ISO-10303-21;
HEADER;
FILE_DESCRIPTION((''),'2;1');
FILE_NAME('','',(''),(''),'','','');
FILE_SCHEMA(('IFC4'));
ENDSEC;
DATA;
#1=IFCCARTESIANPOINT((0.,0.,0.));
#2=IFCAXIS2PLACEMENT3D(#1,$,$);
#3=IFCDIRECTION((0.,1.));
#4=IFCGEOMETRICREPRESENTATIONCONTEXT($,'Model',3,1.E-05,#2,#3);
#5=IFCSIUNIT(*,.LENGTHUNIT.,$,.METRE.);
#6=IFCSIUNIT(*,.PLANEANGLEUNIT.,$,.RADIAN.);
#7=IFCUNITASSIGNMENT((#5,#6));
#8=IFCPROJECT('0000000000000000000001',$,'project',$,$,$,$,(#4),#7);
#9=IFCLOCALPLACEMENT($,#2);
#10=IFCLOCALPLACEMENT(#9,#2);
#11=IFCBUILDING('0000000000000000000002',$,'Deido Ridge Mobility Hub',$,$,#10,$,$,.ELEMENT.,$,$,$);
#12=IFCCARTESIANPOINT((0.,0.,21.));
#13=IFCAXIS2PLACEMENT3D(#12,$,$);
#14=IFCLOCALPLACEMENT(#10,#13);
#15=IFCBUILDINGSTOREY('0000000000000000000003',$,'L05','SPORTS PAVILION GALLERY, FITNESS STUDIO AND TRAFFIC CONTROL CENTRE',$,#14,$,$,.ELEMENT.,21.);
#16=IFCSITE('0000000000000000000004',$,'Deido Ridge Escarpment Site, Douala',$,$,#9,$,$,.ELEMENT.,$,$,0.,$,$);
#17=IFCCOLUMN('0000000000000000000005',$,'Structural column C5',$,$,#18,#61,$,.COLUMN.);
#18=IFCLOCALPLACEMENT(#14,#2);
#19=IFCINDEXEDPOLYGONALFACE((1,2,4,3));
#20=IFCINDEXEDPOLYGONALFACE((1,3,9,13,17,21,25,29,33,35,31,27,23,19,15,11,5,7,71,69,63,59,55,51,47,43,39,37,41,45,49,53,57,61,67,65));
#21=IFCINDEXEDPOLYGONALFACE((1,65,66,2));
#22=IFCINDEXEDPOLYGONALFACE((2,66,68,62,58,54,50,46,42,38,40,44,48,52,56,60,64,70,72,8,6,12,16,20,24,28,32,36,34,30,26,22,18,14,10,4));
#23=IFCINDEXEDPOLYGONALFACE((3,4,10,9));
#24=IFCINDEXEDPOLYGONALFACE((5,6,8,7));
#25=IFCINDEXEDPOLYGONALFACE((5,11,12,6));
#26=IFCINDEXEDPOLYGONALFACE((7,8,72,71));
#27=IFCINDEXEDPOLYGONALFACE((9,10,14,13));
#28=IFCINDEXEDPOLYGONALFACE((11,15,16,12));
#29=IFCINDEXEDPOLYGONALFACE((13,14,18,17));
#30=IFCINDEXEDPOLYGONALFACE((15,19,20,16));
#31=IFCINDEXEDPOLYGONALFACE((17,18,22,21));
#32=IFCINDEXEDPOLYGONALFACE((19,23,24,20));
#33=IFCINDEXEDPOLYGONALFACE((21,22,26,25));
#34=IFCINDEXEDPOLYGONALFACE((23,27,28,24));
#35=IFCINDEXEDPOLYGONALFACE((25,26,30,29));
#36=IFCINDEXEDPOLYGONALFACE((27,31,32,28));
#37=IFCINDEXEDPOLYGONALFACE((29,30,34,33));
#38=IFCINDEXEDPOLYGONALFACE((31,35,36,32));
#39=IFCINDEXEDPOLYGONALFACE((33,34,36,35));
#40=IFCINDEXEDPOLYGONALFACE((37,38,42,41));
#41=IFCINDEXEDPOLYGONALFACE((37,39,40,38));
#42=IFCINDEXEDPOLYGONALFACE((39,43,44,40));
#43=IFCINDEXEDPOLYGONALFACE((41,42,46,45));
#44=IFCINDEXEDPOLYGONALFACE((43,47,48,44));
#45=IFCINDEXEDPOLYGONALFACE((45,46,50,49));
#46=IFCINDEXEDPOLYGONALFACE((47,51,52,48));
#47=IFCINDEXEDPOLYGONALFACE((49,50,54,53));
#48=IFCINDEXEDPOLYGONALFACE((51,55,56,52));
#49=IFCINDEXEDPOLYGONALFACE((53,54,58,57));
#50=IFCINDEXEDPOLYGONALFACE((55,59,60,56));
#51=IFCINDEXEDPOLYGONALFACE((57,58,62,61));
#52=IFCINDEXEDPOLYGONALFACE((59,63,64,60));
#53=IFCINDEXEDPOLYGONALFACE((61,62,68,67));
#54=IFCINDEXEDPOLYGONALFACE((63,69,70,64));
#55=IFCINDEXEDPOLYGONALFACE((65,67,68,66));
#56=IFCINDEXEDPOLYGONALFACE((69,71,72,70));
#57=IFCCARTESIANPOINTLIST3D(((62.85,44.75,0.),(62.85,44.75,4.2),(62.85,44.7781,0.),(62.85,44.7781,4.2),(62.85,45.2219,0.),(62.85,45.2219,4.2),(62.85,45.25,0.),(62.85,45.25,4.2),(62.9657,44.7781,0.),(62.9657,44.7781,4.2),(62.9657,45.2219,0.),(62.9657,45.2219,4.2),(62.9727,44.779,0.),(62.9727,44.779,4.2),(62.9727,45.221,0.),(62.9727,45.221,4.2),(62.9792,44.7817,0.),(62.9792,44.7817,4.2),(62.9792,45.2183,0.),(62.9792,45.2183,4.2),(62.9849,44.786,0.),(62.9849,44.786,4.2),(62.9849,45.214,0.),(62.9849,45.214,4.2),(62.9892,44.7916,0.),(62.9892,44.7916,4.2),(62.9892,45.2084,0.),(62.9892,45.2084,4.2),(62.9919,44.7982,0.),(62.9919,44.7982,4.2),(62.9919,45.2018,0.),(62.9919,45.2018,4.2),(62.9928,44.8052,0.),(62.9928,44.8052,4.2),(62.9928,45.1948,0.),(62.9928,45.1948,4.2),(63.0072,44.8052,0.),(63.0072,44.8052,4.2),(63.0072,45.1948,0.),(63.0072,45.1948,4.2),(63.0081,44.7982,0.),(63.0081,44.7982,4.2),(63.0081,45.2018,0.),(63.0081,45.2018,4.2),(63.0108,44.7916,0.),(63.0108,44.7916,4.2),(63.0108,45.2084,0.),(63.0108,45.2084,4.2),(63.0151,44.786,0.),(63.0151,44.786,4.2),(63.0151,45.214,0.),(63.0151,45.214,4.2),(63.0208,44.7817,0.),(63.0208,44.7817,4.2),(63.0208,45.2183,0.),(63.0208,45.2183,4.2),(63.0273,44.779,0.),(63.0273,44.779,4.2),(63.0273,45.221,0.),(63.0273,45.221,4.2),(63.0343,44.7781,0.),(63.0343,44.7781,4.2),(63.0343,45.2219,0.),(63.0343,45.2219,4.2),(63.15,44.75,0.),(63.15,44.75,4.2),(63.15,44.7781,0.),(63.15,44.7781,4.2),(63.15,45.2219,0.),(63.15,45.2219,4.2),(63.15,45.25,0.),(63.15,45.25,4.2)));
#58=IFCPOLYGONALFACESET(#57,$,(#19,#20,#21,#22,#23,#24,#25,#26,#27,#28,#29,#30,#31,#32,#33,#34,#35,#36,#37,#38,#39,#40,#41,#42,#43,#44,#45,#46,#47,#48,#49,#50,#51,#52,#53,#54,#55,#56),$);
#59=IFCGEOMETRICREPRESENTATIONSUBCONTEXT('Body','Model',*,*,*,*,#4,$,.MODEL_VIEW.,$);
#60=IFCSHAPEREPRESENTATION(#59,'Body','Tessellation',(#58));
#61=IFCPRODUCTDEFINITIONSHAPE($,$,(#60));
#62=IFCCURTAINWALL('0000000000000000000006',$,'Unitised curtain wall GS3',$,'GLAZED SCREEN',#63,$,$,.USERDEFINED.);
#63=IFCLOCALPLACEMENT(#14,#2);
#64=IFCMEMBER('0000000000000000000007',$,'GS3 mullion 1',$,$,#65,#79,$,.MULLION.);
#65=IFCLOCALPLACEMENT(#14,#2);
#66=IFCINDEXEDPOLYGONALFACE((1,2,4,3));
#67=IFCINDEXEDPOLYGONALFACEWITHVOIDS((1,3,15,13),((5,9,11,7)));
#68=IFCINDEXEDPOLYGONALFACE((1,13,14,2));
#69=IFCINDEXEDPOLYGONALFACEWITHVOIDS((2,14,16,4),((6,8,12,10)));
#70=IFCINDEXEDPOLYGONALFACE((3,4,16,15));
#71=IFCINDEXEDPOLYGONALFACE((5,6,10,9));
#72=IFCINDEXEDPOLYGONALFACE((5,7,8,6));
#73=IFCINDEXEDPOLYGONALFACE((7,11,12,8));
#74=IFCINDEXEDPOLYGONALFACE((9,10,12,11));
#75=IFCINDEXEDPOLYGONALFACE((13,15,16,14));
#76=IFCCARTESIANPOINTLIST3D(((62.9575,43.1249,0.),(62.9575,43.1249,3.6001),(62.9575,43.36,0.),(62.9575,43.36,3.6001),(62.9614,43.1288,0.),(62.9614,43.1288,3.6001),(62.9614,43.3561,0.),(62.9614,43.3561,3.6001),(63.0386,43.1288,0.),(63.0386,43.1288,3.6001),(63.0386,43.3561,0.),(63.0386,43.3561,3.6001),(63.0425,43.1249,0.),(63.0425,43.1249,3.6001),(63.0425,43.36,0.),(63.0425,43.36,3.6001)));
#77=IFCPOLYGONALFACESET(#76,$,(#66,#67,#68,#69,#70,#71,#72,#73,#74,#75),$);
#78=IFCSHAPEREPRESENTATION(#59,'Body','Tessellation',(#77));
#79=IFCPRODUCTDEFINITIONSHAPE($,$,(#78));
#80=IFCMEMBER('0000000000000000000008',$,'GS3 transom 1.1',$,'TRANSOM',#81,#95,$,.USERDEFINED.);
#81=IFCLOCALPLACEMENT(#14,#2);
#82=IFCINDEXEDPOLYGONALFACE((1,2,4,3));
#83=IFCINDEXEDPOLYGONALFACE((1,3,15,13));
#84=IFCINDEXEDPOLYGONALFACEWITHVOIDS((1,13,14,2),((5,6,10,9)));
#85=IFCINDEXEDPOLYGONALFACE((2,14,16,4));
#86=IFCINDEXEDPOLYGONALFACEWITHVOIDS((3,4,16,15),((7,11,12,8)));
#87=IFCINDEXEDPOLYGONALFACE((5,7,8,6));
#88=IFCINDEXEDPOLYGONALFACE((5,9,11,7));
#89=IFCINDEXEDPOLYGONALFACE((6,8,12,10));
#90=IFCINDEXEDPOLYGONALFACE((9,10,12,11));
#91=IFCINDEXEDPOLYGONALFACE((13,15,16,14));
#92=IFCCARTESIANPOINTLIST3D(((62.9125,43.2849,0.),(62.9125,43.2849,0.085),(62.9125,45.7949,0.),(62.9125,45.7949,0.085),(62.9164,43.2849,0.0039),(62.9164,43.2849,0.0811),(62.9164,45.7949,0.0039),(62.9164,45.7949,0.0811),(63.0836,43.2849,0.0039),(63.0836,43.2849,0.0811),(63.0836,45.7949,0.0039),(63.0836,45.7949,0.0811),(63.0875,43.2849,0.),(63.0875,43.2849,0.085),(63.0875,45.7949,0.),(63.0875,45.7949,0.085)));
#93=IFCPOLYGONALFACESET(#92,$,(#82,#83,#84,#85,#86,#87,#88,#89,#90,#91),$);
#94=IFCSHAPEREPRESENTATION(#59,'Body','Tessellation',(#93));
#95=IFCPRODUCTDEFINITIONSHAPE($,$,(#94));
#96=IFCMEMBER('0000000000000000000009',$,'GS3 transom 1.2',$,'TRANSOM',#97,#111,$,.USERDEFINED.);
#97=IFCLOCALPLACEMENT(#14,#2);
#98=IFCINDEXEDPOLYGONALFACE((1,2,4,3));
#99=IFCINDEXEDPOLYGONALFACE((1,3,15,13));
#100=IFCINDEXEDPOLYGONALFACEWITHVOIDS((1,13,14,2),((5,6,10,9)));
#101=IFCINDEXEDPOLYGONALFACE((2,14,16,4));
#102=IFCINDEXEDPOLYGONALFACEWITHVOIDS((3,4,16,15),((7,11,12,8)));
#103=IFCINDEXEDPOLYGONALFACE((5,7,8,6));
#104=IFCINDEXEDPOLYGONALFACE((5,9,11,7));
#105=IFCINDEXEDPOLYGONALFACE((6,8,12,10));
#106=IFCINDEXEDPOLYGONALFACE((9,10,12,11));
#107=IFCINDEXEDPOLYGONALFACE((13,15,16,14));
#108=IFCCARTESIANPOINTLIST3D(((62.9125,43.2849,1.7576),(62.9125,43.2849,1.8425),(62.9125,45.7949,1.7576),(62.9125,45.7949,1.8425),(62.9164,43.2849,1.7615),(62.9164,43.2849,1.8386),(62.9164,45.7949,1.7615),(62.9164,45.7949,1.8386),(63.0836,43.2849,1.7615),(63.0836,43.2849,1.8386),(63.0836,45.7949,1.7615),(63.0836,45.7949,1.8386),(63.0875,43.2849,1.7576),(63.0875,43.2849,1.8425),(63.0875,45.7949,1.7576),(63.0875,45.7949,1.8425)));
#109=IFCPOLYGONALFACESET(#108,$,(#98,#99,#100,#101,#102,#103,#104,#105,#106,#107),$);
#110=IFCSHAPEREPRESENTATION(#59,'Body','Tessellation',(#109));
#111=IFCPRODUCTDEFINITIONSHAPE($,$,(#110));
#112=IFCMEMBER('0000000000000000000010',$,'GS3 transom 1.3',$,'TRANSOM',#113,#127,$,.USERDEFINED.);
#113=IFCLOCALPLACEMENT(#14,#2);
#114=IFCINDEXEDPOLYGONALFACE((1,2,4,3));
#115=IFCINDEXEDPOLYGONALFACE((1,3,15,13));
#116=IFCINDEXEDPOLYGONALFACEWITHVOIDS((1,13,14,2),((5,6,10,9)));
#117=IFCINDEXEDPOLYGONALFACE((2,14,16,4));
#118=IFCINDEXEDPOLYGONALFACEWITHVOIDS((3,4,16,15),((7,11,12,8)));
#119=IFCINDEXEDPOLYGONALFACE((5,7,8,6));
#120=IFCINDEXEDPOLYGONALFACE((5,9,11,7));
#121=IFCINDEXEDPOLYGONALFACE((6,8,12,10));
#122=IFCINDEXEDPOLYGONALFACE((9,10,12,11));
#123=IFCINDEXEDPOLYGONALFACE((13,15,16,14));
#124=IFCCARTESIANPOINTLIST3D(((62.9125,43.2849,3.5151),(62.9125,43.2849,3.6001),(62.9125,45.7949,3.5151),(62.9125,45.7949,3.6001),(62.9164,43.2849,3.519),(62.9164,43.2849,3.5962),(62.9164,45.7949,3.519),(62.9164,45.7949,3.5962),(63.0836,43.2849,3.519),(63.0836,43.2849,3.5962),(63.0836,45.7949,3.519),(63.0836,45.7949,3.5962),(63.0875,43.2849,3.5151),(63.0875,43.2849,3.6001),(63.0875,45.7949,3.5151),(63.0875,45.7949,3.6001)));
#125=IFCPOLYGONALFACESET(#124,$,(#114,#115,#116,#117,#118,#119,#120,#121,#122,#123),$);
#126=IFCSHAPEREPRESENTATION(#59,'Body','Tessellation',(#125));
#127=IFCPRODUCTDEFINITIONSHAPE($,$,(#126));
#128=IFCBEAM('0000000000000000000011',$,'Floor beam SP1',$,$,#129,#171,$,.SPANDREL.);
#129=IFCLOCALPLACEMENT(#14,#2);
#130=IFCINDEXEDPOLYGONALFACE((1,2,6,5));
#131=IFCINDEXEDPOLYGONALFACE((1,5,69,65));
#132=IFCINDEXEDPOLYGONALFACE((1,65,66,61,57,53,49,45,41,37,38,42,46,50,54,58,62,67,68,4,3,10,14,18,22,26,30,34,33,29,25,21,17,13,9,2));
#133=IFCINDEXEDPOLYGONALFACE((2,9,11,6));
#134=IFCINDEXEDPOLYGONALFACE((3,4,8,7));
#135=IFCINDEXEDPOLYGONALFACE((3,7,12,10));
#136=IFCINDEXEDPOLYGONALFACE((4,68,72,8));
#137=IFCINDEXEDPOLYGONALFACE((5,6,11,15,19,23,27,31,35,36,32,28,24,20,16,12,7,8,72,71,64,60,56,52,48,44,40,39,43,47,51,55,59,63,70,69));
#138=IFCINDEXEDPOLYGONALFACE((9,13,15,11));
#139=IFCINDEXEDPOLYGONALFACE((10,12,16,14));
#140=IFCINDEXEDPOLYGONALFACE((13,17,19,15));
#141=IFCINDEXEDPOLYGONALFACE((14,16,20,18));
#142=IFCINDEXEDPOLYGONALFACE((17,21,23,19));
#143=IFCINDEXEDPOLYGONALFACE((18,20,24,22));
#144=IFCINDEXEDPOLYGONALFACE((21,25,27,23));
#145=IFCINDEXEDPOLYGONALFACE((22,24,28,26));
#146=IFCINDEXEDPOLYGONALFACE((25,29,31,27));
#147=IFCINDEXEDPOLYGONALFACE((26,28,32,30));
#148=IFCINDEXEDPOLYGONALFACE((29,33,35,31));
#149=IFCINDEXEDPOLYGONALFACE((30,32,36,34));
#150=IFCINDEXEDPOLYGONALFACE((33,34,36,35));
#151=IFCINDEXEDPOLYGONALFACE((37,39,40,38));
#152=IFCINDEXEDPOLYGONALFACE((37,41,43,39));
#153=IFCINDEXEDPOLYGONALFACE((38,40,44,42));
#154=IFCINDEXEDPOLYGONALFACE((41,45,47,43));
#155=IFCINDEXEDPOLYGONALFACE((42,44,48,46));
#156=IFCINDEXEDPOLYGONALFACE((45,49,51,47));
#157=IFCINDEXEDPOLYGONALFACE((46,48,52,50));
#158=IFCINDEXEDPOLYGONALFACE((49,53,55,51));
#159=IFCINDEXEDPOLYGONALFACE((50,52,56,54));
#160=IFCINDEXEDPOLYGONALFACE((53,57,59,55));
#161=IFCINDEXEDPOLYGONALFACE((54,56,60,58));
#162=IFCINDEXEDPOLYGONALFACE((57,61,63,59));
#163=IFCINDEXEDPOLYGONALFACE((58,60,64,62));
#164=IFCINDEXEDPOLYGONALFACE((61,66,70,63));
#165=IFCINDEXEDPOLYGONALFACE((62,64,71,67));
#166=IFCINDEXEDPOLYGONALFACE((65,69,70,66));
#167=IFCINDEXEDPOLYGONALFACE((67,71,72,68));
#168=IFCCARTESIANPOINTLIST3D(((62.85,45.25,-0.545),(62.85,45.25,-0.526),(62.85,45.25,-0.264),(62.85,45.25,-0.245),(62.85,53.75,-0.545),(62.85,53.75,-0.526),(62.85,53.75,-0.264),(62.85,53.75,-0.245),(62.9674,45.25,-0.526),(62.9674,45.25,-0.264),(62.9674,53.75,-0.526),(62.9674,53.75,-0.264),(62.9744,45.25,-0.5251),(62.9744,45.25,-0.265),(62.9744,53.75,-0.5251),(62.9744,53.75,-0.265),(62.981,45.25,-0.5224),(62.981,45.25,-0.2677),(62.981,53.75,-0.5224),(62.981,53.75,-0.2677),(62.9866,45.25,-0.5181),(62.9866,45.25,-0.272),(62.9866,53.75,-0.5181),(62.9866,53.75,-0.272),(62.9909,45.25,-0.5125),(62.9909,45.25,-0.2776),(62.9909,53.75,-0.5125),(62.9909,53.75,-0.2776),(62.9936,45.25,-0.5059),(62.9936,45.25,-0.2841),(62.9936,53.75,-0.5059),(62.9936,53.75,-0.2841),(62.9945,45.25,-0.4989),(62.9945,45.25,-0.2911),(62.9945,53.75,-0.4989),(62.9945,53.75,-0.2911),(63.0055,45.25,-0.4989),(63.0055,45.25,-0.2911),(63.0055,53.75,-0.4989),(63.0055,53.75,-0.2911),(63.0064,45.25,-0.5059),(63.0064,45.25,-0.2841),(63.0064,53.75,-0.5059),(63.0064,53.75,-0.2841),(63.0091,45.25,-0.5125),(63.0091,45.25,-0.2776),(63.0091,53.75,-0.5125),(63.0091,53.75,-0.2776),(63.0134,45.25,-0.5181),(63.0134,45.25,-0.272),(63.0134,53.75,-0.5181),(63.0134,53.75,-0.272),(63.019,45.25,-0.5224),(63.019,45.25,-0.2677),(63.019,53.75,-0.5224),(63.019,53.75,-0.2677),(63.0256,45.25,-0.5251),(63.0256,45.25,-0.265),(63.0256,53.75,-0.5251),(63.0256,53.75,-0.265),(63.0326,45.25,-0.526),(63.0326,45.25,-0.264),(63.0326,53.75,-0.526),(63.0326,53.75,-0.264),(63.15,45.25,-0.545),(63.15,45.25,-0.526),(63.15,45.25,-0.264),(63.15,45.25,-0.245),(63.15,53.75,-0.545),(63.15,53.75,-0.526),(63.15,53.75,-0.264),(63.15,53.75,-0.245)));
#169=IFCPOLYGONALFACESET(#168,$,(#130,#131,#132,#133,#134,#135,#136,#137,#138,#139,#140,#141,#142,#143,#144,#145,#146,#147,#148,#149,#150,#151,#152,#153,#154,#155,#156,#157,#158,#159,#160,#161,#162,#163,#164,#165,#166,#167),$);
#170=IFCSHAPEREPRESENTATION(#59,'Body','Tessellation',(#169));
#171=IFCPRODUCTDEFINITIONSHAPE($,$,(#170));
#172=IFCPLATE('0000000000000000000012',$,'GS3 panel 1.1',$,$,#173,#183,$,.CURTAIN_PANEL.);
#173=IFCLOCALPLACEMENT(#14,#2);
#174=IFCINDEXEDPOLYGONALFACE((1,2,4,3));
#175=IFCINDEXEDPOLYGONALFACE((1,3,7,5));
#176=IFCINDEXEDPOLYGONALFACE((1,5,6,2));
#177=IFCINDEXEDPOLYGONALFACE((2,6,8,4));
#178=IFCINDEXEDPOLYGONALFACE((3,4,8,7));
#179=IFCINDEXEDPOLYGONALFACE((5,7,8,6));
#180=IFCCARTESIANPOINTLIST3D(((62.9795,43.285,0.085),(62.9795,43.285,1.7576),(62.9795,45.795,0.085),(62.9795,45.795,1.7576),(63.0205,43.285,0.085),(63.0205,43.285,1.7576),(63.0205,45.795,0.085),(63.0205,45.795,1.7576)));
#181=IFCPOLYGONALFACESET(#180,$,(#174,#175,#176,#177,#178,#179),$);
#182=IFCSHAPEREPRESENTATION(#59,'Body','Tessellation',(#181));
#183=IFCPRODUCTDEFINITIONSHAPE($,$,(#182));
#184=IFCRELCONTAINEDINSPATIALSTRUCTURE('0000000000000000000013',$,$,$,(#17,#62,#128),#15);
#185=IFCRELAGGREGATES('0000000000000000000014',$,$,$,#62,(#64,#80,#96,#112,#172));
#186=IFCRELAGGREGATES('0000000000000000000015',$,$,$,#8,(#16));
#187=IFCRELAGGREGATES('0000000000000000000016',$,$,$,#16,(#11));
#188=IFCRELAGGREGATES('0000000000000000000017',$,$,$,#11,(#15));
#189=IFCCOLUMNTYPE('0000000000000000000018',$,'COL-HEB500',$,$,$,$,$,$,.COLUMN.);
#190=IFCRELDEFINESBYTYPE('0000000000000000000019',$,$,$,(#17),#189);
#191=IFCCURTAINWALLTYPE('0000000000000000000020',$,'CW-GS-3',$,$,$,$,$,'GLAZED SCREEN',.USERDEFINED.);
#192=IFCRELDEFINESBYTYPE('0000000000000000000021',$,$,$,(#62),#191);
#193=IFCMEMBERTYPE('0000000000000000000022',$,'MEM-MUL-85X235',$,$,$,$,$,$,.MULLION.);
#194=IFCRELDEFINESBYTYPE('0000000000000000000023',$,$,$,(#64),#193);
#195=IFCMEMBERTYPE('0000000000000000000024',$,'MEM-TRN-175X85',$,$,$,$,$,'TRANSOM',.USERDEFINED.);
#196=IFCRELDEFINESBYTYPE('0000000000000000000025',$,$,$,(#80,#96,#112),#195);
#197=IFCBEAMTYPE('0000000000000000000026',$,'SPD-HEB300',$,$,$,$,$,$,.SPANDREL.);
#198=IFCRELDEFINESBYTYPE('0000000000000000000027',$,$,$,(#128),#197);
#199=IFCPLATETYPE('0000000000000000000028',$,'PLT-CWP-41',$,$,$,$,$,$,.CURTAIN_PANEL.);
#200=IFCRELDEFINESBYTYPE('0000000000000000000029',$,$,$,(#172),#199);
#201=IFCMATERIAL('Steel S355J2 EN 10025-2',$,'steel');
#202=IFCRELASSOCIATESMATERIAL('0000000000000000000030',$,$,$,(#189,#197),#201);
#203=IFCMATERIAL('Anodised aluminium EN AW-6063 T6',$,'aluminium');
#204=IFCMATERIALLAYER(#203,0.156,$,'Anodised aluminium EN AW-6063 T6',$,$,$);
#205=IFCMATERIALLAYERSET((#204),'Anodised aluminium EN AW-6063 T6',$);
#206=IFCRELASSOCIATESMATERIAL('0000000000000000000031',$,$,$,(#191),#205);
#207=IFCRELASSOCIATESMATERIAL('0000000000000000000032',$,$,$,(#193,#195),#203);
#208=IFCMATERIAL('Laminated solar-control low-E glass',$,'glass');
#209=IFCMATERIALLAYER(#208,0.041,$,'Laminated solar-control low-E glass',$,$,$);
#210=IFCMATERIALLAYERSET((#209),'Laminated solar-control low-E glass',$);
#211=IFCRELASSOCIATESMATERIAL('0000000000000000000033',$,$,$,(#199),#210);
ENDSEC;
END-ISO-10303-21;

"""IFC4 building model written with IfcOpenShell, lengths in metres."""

from ifc_helpers import new_model, si_unit, direction, frame, origin, origin_2d, place, context, subcontext, project, spatial, rectangle, hollow_rectangle, i_section, extrude, material, layer, layer_set, material_profile, profile_set, type_object, element, aggregate, save


model = new_model("IFC4")

# Units and contexts
model_context = context("Model", 3, precision=1e-05, world=origin(), true_north=direction((0.0, 1.0)))
body_context = subcontext(model_context, "Body", "Model", "MODEL_VIEW")
ifc_project = project(units=[si_unit("LENGTHUNIT", "METRE"), si_unit("PLANEANGLEUNIT", "RADIAN")], contexts=[model_context])

# Site, building, storey
site_placement = place(None, origin())
site = spatial("IfcSite", under=ifc_project, at=site_placement, Name="Deido Ridge Escarpment Site, Douala", CompositionType="ELEMENT", RefElevation=0.0)
building_placement = place(site_placement, origin())
building = spatial("IfcBuilding", under=site, at=building_placement, Name="Deido Ridge Mobility Hub", CompositionType="ELEMENT")
storey_placement = place(building_placement, frame((0.0, 0.0, 21.0)))
storey = spatial("IfcBuildingStorey", under=building, at=storey_placement, Name="L05", Description="SPORTS PAVILION GALLERY, FITNESS STUDIO AND TRAFFIC CONTROL CENTRE", CompositionType="ELEMENT", Elevation=21.0)

# Column
ifc_material_1 = material(Name="Steel S355J2 EN 10025-2", Category="steel")
ifc_material_profile_1 = material_profile(ifc_material_1, i_section(OverallWidth=0.3, OverallDepth=0.5, WebThickness=0.0144, FlangeThickness=0.0281, FilletRadius=0.0271, at=origin_2d()), Name="HEB 500")
ifc_profile_set_1 = profile_set([ifc_material_profile_1], Name="Steel S355J2 EN 10025-2")
column_type = type_object("IfcColumnType", Name="COL-HEB500", PredefinedType="COLUMN", material=ifc_profile_set_1)
column_placement = place(storey_placement, frame((63.0, 45.0, 0.0), z_axis=(0.0, 0.0, 1.0), x_axis=(1.0, 0.0, 0.0)))
element("IfcColumn", 1, at=column_placement, inside=storey, type_object=column_type, Name="Structural column C5", PredefinedType="COLUMN", context=body_context, shape_type="SweptSolid", body=[
    extrude(i_section(OverallWidth=0.3, OverallDepth=0.5, WebThickness=0.0144, FlangeThickness=0.0281, FilletRadius=0.0271, at=origin_2d()), origin(), (0.0, 0.0, 1.0), 4.2),
])

# Curtain wall, members
ifc_material_2 = material(Name="Anodised aluminium EN AW-6063 T6", Category="aluminium")
ifc_layer_1 = layer(ifc_material_2, 0.156, Name="Anodised aluminium EN AW-6063 T6")
ifc_layer_set_1 = layer_set([ifc_layer_1], Name="Anodised aluminium EN AW-6063 T6")
curtain_wall_type = type_object("IfcCurtainWallType", Name="CW-GS-3", ElementType="GLAZED SCREEN", PredefinedType="USERDEFINED", material=ifc_layer_set_1)
curtain_wall_placement = place(storey_placement, origin())
curtain_wall = element("IfcCurtainWall", 2, at=curtain_wall_placement, inside=storey, type_object=curtain_wall_type, Name="Unitised curtain wall GS3", ObjectType="GLAZED SCREEN", PredefinedType="USERDEFINED")
ifc_material_profile_2 = material_profile(ifc_material_2, hollow_rectangle(XDim=0.085, YDim=0.2351, WallThickness=0.0039, at=origin_2d()), Name="RHS 85x235x4")
ifc_profile_set_2 = profile_set([ifc_material_profile_2], Name="Anodised aluminium EN AW-6063 T6")
member_type_1 = type_object("IfcMemberType", Name="MEM-MUL-85X235", PredefinedType="MULLION", material=ifc_profile_set_2)
member_1_placement = place(storey_placement, frame((63.0, 43.2424, 0.0), z_axis=(0.0, 0.0, 1.0), x_axis=(-1.0, 0.0, 0.0)))
member_1 = element("IfcMember", 3, at=member_1_placement, type_object=member_type_1, Name="GS3 mullion 1", PredefinedType="MULLION", context=body_context, shape_type="SweptSolid", body=[
    extrude(hollow_rectangle(XDim=0.085, YDim=0.2351, WallThickness=0.0039, at=origin_2d()), origin(), (0.0, 0.0, 1.0), 3.6001),
])
ifc_material_profile_3 = material_profile(ifc_material_2, hollow_rectangle(XDim=0.175, YDim=0.085, WallThickness=0.0039, at=origin_2d()), Name="RHS 175x85x4")
ifc_profile_set_3 = profile_set([ifc_material_profile_3], Name="Anodised aluminium EN AW-6063 T6")
member_type_2 = type_object("IfcMemberType", Name="MEM-TRN-175X85", ElementType="TRANSOM", PredefinedType="USERDEFINED", material=ifc_profile_set_3)
member_2_placement = place(storey_placement, frame((63.0, 43.2849, 0.0425), z_axis=(0.0, 1.0, 0.0), x_axis=(-1.0, 0.0, 0.0)))
member_2 = element("IfcMember", 4, at=member_2_placement, type_object=member_type_2, Name="GS3 transom 1.1", ObjectType="TRANSOM", PredefinedType="USERDEFINED", context=body_context, shape_type="SweptSolid", body=[
    extrude(hollow_rectangle(XDim=0.175, YDim=0.085, WallThickness=0.0039, at=origin_2d()), origin(), (0.0, 0.0, 1.0), 2.51),
])
member_3_placement = place(storey_placement, frame((63.0, 43.2849, 1.8), z_axis=(0.0, 1.0, 0.0), x_axis=(-1.0, 0.0, 0.0)))
member_3 = element("IfcMember", 5, at=member_3_placement, type_object=member_type_2, Name="GS3 transom 1.2", ObjectType="TRANSOM", PredefinedType="USERDEFINED", context=body_context, shape_type="SweptSolid", body=[
    extrude(hollow_rectangle(XDim=0.175, YDim=0.085, WallThickness=0.0039, at=origin_2d()), origin(), (0.0, 0.0, 1.0), 2.51),
])
member_4_placement = place(storey_placement, frame((63.0, 43.2849, 3.5576), z_axis=(0.0, 1.0, 0.0), x_axis=(-1.0, 0.0, 0.0)))
member_4 = element("IfcMember", 6, at=member_4_placement, type_object=member_type_2, Name="GS3 transom 1.3", ObjectType="TRANSOM", PredefinedType="USERDEFINED", context=body_context, shape_type="SweptSolid", body=[
    extrude(hollow_rectangle(XDim=0.175, YDim=0.085, WallThickness=0.0039, at=origin_2d()), origin(), (0.0, 0.0, 1.0), 2.51),
])

# Beam
ifc_material_profile_4 = material_profile(ifc_material_1, i_section(OverallWidth=0.3, OverallDepth=0.3, WebThickness=0.011, FlangeThickness=0.019, FilletRadius=0.0271, at=origin_2d()), Name="HEB 300")
ifc_profile_set_4 = profile_set([ifc_material_profile_4], Name="Steel S355J2 EN 10025-2")
beam_type = type_object("IfcBeamType", Name="SPD-HEB300", PredefinedType="SPANDREL", material=ifc_profile_set_4)
beam_placement = place(storey_placement, frame((63.0, 45.25, -0.395), z_axis=(0.0, 1.0, 0.0), x_axis=(-1.0, 0.0, 0.0)))
element("IfcBeam", 7, at=beam_placement, inside=storey, type_object=beam_type, Name="Floor beam SP1", PredefinedType="SPANDREL", context=body_context, shape_type="SweptSolid", body=[
    extrude(i_section(OverallWidth=0.3, OverallDepth=0.3, WebThickness=0.011, FlangeThickness=0.019, FilletRadius=0.0271, at=origin_2d()), origin(), (0.0, 0.0, 1.0), 8.5),
])

# Plate
ifc_material_3 = material(Name="Laminated solar-control low-E glass", Category="glass")
ifc_layer_2 = layer(ifc_material_3, 0.041, Name="Laminated solar-control low-E glass")
ifc_layer_set_2 = layer_set([ifc_layer_2], Name="Laminated solar-control low-E glass")
plate_type = type_object("IfcPlateType", Name="PLT-CWP-41", PredefinedType="CURTAIN_PANEL", material=ifc_layer_set_2)
plate_1_placement = place(storey_placement, frame((63.0, 44.54, 0.085), z_axis=(0.0, 0.0, 1.0), x_axis=(0.0, 1.0, 0.0)))
plate_1 = element("IfcPlate", 8, at=plate_1_placement, type_object=plate_type, Name="GS3 panel 1.1", PredefinedType="CURTAIN_PANEL", context=body_context, shape_type="SweptSolid", body=[
    extrude(rectangle(XDim=2.51, YDim=0.041, at=origin_2d()), origin(), (0.0, 0.0, 1.0), 1.6726),
])
aggregate(curtain_wall, [member_1, member_2, member_3, member_4, plate_1])

save(model, "model.ifc")
